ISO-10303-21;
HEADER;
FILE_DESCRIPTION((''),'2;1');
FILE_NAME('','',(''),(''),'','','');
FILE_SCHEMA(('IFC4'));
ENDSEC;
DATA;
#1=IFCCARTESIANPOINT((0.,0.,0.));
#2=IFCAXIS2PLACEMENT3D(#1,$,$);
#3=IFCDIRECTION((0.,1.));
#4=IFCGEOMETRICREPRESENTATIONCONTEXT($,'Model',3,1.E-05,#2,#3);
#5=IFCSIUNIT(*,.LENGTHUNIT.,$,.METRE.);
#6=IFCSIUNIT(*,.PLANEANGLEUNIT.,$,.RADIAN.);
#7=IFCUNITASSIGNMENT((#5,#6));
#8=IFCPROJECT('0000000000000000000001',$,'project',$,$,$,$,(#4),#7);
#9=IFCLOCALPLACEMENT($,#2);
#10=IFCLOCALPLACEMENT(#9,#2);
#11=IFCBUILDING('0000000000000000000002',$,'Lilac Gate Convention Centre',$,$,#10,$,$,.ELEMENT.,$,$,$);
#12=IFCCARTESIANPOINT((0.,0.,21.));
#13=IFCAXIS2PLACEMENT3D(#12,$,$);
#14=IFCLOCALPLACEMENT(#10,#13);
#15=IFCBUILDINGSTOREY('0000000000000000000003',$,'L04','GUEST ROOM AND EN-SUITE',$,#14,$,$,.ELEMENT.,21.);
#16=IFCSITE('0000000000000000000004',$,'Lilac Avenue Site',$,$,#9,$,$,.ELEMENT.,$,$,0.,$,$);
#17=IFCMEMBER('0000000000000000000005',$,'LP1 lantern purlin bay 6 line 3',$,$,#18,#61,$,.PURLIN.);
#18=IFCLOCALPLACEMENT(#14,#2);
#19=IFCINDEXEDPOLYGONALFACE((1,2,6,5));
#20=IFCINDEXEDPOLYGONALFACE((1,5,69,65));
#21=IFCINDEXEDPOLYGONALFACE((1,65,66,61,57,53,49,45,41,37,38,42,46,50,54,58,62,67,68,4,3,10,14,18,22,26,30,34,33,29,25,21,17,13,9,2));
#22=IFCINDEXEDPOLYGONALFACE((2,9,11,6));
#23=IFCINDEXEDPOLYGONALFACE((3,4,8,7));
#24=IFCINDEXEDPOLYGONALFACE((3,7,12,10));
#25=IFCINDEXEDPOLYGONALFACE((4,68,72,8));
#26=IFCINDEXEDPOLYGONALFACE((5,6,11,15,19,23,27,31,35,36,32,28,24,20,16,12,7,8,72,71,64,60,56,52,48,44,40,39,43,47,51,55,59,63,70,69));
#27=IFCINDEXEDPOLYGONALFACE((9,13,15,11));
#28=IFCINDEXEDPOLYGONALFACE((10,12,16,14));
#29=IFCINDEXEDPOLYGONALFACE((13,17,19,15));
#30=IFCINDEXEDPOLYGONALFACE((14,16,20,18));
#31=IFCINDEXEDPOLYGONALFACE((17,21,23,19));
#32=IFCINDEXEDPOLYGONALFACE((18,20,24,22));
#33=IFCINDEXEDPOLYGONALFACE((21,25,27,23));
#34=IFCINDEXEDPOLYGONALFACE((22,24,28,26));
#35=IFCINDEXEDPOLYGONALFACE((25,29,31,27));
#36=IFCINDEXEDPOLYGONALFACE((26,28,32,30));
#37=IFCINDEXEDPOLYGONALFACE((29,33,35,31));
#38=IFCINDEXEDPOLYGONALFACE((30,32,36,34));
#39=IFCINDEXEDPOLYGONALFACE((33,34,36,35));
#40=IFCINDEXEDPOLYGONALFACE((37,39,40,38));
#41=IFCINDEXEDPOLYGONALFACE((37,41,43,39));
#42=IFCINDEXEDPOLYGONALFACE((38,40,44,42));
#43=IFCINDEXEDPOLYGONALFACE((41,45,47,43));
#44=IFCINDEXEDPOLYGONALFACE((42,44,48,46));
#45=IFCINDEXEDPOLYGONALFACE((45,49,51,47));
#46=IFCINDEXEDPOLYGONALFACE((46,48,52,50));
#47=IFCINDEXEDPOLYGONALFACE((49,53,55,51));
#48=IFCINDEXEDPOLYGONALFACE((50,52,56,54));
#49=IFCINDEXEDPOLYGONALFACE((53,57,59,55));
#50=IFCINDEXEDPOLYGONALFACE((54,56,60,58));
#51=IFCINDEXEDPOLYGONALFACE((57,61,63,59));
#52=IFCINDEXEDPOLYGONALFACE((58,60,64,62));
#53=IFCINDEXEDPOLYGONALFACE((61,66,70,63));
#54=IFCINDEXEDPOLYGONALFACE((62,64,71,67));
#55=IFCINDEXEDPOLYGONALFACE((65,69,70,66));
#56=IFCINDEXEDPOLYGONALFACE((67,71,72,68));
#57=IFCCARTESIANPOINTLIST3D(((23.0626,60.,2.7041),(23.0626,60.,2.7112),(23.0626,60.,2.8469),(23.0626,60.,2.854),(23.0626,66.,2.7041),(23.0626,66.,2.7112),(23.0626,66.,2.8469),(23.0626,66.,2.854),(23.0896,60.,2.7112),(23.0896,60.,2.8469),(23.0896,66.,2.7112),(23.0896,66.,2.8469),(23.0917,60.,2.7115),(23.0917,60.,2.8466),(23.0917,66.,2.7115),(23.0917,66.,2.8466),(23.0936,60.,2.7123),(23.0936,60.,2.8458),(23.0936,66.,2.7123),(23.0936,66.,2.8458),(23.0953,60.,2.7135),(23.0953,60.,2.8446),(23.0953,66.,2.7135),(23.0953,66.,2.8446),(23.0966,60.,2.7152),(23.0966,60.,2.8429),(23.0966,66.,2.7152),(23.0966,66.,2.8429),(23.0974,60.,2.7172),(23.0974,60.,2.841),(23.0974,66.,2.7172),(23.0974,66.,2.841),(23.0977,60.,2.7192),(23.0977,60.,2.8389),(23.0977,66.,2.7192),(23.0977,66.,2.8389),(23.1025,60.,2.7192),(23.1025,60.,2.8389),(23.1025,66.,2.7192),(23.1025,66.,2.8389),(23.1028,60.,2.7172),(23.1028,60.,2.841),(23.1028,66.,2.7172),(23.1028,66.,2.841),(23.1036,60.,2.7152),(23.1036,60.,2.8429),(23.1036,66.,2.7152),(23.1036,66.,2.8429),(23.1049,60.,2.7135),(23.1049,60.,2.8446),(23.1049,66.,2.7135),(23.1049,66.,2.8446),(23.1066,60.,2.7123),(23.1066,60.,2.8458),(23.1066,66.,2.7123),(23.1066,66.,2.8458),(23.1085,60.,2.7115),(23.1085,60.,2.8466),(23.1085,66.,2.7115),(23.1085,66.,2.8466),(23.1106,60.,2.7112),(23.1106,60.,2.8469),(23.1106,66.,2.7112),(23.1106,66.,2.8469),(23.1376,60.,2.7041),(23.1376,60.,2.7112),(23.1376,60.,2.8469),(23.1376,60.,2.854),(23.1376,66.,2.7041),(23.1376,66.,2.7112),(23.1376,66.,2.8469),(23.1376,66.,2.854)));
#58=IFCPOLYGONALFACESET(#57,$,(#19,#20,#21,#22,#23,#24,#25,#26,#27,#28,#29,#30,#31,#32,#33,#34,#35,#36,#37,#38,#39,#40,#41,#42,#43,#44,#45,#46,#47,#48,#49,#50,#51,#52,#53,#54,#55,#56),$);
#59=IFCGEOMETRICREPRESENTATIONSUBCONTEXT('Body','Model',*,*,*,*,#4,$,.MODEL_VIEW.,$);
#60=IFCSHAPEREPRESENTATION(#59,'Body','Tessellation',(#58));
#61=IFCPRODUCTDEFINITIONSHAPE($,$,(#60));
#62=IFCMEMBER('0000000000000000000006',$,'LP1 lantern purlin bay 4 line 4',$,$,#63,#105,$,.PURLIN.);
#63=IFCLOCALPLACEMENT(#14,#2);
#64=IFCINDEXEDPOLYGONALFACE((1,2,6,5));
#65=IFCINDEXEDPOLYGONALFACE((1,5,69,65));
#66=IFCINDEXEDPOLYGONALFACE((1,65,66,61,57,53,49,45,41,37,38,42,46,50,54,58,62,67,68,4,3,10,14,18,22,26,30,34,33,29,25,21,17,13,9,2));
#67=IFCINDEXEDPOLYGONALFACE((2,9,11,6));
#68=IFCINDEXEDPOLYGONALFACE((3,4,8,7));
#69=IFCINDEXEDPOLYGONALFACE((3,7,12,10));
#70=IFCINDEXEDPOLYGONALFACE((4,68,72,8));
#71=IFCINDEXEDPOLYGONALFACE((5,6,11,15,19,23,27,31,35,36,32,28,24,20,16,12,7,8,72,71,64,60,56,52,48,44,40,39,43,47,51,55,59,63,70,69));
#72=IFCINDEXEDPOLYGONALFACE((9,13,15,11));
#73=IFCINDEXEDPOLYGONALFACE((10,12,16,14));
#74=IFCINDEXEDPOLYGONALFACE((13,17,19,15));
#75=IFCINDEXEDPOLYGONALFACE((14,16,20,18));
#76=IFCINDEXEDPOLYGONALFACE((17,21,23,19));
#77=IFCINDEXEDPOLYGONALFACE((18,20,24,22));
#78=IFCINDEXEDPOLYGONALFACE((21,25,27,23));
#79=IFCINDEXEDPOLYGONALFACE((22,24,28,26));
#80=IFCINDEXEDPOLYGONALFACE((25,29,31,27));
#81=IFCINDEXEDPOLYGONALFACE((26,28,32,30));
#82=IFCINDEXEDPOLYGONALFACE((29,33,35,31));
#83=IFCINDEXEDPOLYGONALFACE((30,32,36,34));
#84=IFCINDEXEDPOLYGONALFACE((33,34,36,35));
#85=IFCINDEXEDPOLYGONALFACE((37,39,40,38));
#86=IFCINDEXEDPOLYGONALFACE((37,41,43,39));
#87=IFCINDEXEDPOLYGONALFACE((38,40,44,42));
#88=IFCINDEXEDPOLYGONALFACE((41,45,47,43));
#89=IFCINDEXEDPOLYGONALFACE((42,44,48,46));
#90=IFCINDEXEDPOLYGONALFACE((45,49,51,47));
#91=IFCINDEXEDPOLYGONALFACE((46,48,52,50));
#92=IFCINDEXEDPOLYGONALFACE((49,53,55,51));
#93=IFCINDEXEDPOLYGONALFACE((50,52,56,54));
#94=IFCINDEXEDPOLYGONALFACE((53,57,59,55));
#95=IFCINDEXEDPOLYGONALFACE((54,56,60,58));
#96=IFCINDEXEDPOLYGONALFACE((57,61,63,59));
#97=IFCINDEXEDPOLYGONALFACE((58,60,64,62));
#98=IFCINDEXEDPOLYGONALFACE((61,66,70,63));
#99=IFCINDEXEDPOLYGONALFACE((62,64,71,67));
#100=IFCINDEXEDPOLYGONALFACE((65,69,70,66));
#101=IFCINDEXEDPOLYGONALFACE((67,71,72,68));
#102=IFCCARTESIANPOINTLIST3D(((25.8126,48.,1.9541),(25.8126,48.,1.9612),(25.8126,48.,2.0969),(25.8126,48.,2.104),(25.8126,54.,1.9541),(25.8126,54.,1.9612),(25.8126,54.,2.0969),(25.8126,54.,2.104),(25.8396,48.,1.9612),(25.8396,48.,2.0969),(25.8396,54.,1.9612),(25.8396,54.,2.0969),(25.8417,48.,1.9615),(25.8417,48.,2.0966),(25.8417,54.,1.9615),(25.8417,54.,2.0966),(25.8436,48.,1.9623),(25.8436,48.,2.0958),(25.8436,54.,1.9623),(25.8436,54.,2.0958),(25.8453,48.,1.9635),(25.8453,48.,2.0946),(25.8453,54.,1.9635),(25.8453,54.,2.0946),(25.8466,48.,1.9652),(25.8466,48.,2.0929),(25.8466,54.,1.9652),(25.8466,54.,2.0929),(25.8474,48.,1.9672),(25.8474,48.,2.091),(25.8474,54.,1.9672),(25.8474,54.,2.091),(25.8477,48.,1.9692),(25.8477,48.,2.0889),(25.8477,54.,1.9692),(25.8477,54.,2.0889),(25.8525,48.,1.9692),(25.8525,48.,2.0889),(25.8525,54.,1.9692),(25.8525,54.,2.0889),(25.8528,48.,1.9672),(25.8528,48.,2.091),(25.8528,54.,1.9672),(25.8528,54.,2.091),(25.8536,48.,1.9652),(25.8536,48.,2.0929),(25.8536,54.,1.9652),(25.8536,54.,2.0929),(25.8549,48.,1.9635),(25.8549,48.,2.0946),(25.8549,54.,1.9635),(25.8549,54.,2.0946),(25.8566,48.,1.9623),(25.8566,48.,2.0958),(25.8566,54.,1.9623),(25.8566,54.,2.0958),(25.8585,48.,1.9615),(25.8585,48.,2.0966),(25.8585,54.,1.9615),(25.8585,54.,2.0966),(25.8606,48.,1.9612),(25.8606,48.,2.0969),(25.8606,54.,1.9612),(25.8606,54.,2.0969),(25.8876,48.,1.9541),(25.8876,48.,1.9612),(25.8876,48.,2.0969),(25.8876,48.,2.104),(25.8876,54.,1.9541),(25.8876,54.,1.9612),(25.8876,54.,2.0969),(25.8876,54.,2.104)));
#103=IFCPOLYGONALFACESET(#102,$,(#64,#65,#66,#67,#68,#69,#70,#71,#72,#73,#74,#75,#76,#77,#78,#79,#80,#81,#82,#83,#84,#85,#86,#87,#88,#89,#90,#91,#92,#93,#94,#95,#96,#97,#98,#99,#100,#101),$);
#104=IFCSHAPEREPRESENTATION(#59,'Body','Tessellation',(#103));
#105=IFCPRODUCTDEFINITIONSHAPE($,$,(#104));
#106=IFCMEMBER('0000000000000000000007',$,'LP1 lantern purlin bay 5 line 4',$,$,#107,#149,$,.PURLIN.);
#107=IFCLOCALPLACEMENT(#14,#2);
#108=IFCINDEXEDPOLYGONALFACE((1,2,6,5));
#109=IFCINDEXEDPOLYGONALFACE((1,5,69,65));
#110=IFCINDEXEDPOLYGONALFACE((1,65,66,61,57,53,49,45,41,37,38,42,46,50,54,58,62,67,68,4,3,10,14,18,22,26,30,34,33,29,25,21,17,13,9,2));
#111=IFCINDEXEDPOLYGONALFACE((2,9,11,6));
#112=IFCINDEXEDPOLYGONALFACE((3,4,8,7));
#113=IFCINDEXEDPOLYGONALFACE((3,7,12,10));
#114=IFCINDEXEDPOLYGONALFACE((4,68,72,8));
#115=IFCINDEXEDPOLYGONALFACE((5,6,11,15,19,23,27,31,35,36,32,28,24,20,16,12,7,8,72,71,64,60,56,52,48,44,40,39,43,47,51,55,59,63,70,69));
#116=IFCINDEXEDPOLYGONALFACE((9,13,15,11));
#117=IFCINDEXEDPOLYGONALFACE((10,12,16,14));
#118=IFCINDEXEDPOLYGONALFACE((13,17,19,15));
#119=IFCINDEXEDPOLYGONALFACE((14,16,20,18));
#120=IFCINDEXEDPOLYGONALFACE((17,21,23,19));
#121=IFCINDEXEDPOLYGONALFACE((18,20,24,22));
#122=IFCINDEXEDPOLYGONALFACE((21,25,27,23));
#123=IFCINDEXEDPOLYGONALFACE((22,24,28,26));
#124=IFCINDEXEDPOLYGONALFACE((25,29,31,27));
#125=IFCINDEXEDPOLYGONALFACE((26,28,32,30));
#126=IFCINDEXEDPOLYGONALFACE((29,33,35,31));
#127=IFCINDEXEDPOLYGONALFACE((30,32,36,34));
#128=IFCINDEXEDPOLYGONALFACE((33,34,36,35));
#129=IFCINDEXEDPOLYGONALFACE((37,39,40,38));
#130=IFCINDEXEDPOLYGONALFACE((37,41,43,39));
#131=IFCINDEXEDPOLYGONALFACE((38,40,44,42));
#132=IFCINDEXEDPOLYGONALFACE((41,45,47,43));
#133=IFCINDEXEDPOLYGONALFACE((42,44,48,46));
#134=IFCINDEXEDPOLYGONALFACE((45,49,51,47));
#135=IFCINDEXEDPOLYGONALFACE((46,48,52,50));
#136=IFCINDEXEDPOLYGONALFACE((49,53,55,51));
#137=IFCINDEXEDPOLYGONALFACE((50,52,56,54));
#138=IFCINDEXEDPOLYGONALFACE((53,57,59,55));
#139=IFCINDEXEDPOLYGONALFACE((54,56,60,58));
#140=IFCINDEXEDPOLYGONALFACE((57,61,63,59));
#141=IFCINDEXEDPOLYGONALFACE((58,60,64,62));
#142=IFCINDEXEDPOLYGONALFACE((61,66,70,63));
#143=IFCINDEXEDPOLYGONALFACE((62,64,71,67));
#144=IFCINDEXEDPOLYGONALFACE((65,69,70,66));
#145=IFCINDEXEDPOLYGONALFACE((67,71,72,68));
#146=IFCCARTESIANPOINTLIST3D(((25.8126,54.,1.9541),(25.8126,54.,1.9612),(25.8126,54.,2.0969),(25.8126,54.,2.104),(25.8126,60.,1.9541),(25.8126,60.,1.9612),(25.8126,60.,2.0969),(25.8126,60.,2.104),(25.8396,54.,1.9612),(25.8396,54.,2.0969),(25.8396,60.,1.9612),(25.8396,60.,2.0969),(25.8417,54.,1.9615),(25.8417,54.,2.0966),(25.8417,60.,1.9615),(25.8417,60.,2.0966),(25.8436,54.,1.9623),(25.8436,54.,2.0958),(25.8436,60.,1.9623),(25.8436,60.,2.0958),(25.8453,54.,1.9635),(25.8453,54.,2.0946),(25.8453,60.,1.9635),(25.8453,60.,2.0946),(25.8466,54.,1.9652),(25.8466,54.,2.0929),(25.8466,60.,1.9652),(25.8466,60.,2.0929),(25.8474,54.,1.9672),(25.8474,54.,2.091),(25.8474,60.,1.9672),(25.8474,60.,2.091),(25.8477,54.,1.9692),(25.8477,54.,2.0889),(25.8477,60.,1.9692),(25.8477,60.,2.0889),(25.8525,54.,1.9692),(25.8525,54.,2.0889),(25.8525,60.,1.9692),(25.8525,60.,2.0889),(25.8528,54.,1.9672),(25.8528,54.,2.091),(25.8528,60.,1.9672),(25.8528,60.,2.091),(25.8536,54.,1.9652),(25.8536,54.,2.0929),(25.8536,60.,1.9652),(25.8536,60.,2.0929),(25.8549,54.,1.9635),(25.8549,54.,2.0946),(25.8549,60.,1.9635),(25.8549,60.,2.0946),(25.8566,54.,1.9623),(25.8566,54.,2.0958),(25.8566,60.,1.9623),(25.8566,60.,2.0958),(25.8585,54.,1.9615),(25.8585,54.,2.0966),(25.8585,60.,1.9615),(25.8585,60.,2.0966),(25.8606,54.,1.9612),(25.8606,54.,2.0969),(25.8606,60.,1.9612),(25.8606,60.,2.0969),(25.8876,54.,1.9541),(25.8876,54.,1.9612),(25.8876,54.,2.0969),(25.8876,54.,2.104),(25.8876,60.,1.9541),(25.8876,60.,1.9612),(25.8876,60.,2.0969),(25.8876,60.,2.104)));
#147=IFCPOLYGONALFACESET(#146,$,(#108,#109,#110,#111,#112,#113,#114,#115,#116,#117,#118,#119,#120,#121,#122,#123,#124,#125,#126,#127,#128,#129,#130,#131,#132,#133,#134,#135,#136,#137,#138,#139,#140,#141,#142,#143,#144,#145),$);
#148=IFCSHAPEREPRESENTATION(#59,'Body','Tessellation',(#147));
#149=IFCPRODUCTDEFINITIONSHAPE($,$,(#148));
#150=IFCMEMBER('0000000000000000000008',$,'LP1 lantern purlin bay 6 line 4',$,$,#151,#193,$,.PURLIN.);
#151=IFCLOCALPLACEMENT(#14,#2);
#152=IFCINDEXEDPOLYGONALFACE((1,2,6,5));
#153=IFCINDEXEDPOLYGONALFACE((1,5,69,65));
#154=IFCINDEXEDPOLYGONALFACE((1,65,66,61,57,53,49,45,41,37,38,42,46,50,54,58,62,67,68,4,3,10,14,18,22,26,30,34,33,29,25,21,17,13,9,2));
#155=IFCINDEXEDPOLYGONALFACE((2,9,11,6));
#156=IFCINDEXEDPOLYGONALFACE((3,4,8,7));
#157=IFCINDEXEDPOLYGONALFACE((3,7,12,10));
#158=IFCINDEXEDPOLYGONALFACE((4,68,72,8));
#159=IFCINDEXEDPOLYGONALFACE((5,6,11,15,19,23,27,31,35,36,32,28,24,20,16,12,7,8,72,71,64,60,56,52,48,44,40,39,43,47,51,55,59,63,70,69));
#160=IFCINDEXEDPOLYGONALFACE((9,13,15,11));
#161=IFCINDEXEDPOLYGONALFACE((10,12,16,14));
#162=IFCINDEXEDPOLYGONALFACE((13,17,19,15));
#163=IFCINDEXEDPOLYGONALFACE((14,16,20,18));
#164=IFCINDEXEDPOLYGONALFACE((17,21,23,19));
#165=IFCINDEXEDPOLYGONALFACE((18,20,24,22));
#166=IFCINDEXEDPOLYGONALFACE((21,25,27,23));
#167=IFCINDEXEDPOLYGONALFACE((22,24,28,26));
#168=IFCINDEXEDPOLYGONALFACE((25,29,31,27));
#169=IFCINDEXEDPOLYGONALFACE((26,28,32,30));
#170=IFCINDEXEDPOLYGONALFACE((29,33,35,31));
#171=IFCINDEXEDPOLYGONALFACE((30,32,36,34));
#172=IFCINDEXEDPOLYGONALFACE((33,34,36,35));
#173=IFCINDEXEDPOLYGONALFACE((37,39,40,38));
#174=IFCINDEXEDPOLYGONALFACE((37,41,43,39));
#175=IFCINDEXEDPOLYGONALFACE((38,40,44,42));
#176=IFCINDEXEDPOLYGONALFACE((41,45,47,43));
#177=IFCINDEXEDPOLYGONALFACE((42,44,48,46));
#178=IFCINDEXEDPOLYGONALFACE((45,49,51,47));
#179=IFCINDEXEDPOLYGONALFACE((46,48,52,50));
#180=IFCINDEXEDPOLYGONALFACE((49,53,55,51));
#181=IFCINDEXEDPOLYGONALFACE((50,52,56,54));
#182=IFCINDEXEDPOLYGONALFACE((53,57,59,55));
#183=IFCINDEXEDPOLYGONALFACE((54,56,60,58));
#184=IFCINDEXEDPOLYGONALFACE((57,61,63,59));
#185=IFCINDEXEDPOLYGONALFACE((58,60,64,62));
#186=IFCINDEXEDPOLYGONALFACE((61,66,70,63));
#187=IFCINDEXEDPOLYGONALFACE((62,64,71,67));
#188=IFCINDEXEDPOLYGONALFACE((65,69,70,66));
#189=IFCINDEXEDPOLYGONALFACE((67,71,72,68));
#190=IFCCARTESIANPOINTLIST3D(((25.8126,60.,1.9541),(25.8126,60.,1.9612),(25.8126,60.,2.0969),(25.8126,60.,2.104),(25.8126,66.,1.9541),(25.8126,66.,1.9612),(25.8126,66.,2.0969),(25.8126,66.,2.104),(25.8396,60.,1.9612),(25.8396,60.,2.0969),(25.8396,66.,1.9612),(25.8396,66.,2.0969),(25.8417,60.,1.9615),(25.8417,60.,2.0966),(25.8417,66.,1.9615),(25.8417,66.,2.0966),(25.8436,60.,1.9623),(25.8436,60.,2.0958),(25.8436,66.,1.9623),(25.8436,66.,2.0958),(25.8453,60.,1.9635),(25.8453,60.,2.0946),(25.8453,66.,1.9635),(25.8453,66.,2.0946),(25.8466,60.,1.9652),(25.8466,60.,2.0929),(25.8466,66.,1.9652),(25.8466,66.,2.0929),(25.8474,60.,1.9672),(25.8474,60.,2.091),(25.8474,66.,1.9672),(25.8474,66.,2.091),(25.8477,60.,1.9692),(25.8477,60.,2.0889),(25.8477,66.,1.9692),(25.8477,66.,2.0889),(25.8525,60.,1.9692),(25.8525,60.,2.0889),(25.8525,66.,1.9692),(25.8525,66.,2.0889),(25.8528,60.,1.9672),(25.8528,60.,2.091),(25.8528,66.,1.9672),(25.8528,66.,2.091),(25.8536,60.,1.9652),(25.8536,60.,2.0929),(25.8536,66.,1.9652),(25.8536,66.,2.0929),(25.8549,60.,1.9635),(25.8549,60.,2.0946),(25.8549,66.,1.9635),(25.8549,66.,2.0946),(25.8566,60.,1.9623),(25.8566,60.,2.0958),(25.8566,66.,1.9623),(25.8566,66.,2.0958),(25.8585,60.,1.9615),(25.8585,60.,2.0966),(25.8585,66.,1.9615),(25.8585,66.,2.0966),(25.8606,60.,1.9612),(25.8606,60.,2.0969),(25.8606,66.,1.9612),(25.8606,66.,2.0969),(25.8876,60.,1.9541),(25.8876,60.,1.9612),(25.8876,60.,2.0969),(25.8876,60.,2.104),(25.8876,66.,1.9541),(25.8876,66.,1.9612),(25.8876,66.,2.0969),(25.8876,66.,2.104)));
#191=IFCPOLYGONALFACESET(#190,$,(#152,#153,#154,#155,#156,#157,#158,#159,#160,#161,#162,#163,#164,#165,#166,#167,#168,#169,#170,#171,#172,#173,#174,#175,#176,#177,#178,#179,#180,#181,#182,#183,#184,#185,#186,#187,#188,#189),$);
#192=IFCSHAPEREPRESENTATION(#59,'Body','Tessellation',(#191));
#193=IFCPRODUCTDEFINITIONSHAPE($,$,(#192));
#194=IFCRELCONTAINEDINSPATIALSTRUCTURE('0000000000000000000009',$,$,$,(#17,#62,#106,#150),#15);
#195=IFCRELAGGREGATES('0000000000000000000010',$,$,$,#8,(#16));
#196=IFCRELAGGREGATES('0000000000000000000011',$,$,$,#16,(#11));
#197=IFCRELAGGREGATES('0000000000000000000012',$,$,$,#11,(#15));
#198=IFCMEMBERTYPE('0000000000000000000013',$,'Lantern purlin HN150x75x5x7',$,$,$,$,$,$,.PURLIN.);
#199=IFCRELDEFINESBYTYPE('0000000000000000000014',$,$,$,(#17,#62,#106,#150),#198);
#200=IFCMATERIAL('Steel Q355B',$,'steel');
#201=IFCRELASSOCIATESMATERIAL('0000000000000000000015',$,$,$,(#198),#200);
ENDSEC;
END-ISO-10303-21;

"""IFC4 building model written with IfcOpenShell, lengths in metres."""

from ifc_helpers import new_model, si_unit, direction, frame, origin, origin_2d, place, context, subcontext, project, spatial, i_section, extrude, material, material_profile, profile_set, type_object, element, save


model = new_model("IFC4")

# Units and contexts
model_context = context("Model", 3, precision=1e-05, world=origin(), true_north=direction((0.0, 1.0)))
body_context = subcontext(model_context, "Body", "Model", "MODEL_VIEW")
ifc_project = project(units=[si_unit("LENGTHUNIT", "METRE"), si_unit("PLANEANGLEUNIT", "RADIAN")], contexts=[model_context])

# Site, building, storey
site_placement = place(None, origin())
site = spatial("IfcSite", under=ifc_project, at=site_placement, Name="Lilac Avenue Site", CompositionType="ELEMENT", RefElevation=0.0)
building_placement = place(site_placement, origin())
building = spatial("IfcBuilding", under=site, at=building_placement, Name="Lilac Gate Convention Centre", CompositionType="ELEMENT")
storey_placement = place(building_placement, frame((0.0, 0.0, 21.0)))
storey = spatial("IfcBuildingStorey", under=building, at=storey_placement, Name="L04", Description="GUEST ROOM AND EN-SUITE", CompositionType="ELEMENT", Elevation=21.0)

# Members
ifc_material_1 = material(Name="Steel Q355B", Category="steel")
ifc_material_profile_1 = material_profile(ifc_material_1, i_section(OverallWidth=0.075, OverallDepth=0.1499, WebThickness=0.0049, FlangeThickness=0.0071, FilletRadius=0.0081, at=origin_2d()), Name="HN150x75x5x7")
ifc_profile_set_1 = profile_set([ifc_material_profile_1], Name="Steel Q355B")
member_type_1 = type_object("IfcMemberType", Name="Lantern purlin HN150x75x5x7", PredefinedType="PURLIN", material=ifc_profile_set_1)
for number, where, z_axis, x_axis, name in (
    (1, (23.1001, 60.0, 2.7791), (0.0, 1.0, 0.0), (-1.0, 0.0, 0.0), "LP1 lantern purlin bay 6 line 3"),
    (2, (25.8501, 48.0, 2.0291), (0.0, 1.0, 0.0), (-1.0, 0.0, 0.0), "LP1 lantern purlin bay 4 line 4"),
    (3, (25.8501, 54.0, 2.0291), (0.0, 1.0, 0.0), (-1.0, 0.0, 0.0), "LP1 lantern purlin bay 5 line 4"),
    (4, (25.8501, 60.0, 2.0291), (0.0, 1.0, 0.0), (-1.0, 0.0, 0.0), "LP1 lantern purlin bay 6 line 4"),
):
    element("IfcMember", number, at=place(storey_placement, frame(where, z_axis=z_axis, x_axis=x_axis)), inside=storey, type_object=member_type_1, Name=name, PredefinedType="PURLIN", context=body_context, shape_type="SweptSolid", body=[
        extrude(i_section(OverallWidth=0.075, OverallDepth=0.1499, WebThickness=0.0049, FlangeThickness=0.0071, FilletRadius=0.0081, at=origin_2d()), origin(), (0.0, 0.0, 1.0), 6.0),
    ])

save(model, "model.ifc")
